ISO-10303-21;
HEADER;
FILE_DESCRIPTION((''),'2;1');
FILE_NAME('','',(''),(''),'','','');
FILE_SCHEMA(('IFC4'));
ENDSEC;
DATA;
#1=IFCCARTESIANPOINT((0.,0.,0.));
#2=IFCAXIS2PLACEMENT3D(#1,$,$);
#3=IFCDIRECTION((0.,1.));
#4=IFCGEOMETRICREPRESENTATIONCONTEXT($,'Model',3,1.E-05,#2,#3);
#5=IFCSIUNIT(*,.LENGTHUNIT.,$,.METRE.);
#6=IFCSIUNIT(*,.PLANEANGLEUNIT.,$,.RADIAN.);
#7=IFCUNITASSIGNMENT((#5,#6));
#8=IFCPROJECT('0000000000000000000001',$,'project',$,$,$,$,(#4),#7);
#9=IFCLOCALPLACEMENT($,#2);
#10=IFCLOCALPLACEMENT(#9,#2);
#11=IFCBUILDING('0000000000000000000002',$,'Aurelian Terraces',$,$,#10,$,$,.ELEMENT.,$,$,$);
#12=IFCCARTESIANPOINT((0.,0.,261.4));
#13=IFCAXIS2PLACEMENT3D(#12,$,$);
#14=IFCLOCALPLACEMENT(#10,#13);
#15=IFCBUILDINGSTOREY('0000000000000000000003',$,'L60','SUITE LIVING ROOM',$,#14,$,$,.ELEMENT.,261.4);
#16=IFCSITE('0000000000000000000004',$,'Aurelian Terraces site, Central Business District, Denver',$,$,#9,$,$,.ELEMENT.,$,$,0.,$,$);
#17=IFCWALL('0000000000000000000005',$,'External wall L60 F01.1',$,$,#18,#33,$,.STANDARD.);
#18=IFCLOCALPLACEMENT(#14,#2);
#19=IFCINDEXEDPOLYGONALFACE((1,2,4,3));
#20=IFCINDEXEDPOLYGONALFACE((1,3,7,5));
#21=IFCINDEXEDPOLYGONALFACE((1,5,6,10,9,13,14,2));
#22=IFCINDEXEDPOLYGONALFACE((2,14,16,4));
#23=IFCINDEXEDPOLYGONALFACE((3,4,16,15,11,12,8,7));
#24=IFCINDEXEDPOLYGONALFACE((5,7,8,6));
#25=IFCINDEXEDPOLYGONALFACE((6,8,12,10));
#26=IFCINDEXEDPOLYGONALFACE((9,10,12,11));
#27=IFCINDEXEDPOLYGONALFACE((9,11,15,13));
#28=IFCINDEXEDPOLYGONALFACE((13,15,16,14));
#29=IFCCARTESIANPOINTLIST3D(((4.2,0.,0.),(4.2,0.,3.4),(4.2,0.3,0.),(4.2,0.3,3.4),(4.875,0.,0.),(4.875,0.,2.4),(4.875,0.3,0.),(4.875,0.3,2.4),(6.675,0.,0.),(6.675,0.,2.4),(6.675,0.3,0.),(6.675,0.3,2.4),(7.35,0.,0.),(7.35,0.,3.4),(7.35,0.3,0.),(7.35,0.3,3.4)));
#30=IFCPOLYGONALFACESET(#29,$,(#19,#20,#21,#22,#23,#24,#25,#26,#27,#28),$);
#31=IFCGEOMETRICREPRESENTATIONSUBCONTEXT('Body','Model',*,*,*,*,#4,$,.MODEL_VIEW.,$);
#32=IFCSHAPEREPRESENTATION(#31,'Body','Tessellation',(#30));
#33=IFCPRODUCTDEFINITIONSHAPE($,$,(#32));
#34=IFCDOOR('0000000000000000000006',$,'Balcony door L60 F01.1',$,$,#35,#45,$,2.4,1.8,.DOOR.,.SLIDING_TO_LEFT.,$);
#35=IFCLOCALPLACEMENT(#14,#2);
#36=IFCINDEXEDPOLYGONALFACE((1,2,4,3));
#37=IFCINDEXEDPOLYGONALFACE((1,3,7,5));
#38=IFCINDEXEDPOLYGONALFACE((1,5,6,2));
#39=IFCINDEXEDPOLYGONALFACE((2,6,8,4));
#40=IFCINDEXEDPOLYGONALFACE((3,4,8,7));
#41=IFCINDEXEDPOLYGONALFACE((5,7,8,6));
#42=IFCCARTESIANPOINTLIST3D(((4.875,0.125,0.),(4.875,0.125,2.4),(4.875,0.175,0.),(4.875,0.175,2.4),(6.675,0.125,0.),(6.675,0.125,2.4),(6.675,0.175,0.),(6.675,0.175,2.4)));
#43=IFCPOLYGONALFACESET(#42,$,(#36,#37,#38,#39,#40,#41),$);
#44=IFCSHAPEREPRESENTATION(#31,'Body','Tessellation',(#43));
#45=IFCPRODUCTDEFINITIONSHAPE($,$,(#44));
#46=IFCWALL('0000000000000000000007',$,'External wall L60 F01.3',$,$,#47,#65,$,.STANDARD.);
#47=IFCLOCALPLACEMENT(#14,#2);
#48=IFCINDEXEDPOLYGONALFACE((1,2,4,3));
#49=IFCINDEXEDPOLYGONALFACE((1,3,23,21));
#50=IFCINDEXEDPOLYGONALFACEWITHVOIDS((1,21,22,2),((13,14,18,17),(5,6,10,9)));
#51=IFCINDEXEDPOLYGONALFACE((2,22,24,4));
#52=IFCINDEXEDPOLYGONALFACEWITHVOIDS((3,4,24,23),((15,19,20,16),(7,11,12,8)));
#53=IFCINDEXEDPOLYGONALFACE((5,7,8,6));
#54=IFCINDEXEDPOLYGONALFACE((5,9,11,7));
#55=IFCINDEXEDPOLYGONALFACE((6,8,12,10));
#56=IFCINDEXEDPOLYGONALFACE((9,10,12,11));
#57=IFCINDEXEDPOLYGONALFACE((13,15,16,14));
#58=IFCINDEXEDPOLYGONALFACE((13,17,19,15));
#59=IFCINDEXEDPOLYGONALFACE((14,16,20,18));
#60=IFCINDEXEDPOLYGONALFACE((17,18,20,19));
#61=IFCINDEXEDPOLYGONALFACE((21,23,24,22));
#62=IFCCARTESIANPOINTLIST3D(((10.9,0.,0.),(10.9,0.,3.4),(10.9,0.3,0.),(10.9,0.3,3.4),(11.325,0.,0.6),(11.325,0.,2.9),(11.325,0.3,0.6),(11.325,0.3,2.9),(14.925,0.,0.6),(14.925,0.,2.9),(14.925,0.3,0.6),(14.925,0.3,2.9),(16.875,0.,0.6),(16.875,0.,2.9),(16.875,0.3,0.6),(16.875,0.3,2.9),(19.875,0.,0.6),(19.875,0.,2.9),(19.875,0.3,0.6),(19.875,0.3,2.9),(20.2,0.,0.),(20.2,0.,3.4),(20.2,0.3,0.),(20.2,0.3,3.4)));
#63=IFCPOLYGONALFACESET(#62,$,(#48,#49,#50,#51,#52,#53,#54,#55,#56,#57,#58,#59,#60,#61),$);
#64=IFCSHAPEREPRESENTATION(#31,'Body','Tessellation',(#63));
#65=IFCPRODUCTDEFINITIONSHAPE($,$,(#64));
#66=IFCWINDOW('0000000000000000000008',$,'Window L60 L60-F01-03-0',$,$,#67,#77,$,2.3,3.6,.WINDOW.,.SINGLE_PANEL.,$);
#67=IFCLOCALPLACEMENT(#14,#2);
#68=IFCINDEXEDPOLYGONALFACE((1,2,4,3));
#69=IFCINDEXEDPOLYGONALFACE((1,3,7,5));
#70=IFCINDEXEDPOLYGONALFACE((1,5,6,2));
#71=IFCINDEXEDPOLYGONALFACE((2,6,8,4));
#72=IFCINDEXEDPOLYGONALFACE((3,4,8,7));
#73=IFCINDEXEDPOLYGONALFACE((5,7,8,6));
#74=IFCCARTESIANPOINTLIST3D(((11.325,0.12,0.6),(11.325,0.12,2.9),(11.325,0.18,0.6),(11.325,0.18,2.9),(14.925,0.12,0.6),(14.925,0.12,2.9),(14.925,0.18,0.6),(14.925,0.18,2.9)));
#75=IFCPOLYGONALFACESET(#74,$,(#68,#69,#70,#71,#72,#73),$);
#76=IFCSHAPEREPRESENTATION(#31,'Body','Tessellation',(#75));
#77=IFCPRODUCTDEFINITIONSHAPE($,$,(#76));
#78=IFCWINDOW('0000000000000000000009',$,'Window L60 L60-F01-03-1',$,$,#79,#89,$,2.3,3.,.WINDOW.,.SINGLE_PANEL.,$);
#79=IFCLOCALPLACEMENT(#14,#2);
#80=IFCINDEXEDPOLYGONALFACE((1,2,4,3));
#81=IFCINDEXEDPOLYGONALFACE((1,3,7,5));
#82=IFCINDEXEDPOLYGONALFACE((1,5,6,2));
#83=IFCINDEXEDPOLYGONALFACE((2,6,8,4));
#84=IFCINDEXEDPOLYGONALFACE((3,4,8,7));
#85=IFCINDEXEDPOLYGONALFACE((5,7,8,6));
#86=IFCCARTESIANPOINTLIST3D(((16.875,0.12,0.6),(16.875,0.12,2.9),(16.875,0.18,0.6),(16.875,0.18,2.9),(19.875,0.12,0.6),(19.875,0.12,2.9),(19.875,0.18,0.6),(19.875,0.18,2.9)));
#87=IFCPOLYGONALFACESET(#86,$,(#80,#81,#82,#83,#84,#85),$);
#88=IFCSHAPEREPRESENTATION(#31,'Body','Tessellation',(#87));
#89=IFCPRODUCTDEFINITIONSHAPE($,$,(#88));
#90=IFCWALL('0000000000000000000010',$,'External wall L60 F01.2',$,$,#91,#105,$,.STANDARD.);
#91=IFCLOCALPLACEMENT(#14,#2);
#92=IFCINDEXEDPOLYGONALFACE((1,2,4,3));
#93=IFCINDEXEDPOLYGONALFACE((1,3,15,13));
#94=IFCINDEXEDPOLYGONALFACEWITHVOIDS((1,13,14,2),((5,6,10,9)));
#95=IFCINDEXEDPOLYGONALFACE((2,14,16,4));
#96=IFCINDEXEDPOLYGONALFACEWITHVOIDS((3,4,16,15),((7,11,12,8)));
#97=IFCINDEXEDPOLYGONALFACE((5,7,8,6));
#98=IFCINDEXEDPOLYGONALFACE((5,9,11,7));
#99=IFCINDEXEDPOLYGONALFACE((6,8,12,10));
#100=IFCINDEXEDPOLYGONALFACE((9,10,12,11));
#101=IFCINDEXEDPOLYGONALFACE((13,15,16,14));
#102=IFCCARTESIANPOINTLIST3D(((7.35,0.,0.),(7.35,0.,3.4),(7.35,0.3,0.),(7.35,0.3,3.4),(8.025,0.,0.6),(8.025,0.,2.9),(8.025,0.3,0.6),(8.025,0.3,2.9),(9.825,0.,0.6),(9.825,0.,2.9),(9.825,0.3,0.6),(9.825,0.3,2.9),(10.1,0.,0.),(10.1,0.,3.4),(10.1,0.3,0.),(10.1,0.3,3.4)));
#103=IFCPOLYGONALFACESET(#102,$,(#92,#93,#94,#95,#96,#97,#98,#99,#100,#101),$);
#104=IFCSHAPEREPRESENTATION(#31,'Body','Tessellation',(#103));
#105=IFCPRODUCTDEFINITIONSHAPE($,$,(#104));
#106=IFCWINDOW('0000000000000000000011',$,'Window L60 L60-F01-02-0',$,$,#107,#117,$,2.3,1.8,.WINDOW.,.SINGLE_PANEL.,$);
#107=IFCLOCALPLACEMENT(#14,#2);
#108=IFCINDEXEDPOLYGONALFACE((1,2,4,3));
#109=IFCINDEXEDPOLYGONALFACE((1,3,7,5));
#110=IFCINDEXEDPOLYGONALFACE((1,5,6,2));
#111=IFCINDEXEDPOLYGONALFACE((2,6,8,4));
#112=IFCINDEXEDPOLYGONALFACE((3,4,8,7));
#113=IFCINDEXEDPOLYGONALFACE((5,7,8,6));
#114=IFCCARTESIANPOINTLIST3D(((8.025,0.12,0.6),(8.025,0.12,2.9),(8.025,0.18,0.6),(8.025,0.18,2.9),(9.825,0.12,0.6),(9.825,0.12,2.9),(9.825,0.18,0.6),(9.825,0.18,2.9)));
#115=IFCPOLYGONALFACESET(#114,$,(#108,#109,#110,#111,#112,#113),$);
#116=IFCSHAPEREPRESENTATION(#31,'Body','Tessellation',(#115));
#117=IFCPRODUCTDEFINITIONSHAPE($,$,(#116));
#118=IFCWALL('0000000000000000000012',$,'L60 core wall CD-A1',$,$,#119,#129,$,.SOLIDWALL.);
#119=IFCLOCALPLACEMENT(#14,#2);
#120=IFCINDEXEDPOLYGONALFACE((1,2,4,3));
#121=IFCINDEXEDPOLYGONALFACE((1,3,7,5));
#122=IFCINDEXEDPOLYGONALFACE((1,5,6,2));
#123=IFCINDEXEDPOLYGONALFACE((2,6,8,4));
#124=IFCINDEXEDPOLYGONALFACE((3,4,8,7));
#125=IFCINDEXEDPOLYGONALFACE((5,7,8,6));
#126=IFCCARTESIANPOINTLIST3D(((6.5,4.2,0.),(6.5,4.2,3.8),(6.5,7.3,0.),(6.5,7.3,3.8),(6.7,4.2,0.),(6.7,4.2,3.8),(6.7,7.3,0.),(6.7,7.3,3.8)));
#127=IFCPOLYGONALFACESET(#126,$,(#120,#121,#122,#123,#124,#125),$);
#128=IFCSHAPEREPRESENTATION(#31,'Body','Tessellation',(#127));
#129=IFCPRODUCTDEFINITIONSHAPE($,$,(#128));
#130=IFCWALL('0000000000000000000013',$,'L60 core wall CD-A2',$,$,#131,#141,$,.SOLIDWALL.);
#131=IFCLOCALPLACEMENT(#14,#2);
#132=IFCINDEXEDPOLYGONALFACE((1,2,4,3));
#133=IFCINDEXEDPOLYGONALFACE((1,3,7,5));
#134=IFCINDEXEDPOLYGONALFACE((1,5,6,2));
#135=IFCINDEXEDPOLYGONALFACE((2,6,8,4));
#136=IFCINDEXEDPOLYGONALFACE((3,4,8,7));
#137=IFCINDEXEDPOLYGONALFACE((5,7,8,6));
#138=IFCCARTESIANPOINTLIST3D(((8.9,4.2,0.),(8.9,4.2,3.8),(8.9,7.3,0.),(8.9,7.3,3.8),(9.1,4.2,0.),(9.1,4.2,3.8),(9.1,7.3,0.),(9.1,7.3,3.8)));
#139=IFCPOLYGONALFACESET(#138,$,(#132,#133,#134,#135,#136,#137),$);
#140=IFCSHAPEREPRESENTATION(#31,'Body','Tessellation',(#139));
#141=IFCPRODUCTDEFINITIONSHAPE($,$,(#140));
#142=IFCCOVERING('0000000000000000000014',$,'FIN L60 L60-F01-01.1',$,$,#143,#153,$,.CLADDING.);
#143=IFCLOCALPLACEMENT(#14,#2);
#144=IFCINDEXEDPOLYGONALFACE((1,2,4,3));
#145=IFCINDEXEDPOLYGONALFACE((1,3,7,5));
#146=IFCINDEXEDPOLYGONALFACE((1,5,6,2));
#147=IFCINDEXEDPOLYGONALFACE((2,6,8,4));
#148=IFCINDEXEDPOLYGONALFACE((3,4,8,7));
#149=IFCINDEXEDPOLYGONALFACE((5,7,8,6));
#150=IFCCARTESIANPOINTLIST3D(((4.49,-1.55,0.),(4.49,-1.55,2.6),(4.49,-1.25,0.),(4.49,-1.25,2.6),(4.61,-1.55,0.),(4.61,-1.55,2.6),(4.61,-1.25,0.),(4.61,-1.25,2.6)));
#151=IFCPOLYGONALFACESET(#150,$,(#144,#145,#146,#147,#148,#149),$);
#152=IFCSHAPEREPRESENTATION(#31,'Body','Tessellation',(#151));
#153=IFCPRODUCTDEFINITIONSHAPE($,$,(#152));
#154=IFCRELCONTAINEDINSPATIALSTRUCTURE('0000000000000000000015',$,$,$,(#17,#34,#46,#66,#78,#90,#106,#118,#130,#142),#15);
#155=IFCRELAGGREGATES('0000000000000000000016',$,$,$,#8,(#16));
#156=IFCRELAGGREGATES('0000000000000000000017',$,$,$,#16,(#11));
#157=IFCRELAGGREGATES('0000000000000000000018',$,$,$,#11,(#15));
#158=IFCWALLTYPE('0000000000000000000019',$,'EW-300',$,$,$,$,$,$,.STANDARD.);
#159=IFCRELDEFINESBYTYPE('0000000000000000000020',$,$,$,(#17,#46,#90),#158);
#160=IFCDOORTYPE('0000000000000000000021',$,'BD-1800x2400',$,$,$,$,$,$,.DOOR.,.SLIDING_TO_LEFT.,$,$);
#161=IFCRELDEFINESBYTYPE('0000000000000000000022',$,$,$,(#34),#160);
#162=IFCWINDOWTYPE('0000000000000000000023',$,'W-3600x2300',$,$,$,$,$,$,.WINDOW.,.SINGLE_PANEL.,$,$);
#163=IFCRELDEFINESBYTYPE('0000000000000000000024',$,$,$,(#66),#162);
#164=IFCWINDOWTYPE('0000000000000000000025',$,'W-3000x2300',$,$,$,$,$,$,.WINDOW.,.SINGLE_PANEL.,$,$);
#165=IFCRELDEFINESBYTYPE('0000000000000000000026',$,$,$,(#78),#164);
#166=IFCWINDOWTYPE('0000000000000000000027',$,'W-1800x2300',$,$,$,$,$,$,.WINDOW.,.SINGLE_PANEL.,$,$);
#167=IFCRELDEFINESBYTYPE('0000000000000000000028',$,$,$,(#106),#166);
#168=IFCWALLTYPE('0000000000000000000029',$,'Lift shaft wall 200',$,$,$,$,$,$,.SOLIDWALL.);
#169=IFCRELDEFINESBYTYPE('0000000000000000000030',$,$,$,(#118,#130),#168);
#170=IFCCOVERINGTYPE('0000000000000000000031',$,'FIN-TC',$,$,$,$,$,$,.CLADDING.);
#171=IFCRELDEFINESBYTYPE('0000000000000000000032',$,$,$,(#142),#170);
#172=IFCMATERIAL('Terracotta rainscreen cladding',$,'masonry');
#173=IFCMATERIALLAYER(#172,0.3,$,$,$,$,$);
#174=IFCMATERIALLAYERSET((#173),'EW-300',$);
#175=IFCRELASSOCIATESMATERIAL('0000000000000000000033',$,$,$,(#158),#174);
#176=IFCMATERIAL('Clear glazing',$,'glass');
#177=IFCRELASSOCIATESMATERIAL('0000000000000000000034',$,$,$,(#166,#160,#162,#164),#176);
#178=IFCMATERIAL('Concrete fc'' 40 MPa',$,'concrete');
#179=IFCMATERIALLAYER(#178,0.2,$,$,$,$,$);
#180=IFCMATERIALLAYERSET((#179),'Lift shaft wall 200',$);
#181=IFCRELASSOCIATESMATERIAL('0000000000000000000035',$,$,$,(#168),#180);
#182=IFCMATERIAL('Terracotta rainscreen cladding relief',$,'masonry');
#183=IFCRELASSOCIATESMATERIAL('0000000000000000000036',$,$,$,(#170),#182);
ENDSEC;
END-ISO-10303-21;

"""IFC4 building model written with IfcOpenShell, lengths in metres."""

from ifc_helpers import new_model, si_unit, direction, frame, frame_2d, origin, origin_2d, place, context, subcontext, project, spatial, rectangle, extrude, source, transform, mapped, material, layer, layer_set, type_object, element, fill, save


model = new_model("IFC4")

# Units and contexts
model_context = context("Model", 3, precision=1e-05, world=origin(), true_north=direction((0.0, 1.0)))
body_context = subcontext(model_context, "Body", "Model", "MODEL_VIEW")
ifc_project = project(units=[si_unit("LENGTHUNIT", "METRE"), si_unit("PLANEANGLEUNIT", "RADIAN")], contexts=[model_context])

# Site, building, storey
site_placement = place(None, origin())
site = spatial("IfcSite", under=ifc_project, at=site_placement, Name="Aurelian Terraces site, Central Business District, Denver", CompositionType="ELEMENT", RefElevation=0.0)
building_placement = place(site_placement, origin())
building = spatial("IfcBuilding", under=site, at=building_placement, Name="Aurelian Terraces", CompositionType="ELEMENT")
storey_placement = place(building_placement, frame((0.0, 0.0, 261.4)))
storey = spatial("IfcBuildingStorey", under=building, at=storey_placement, Name="L60", Description="SUITE LIVING ROOM", CompositionType="ELEMENT", Elevation=261.4)

# Shared definitions
ifc_material_1 = material(Name="Terracotta rainscreen cladding", Category="masonry")
ifc_layer_1 = layer(ifc_material_1, 0.3)
ifc_layer_set_1 = layer_set([ifc_layer_1], Name="EW-300")
wall_type_1 = type_object("IfcWallType", Name="EW-300", PredefinedType="STANDARD", material=ifc_layer_set_1)
shared_shape_1 = source(origin(), body_context, "Body", "SweptSolid", [
    extrude(rectangle(XDim=1.8, YDim=2.3, at=frame_2d((0.9, 1.15))), frame((0.0, 0.16, 0.0), z_axis=(0.0, -1.0, 0.0), x_axis=(1.0, 0.0, 0.0)), (0.0, 0.0, 1.0), 0.32),
])
ifc_material_2 = material(Name="Clear glazing", Category="glass")
window_type_1 = type_object("IfcWindowType", Name="W-1800x2300", PartitioningType="SINGLE_PANEL", PredefinedType="WINDOW", material=ifc_material_2)
shared_shape_2 = source(origin(), body_context, "Body", "SweptSolid", [
    extrude(rectangle(XDim=1.8, YDim=2.3, at=frame_2d((0.9, 1.15))), frame((0.0, 0.03, 0.0), z_axis=(0.0, -1.0, 0.0), x_axis=(1.0, 0.0, 0.0)), (0.0, 0.0, 1.0), 0.06),
])

# Wall, opening, door
shared_shape_3 = source(origin(), body_context, "Body", "SweptSolid", [
    extrude(rectangle(XDim=3.15, YDim=0.3, at=frame_2d((1.575, 0.0))), origin(), (0.0, 0.0, 1.0), 3.4),
])
wall_1_placement = place(storey_placement, frame((4.2, 0.15, 0.0), z_axis=(0.0, 0.0, 1.0), x_axis=(1.0, 0.0, 0.0)))
wall_1 = element("IfcWall", 1, at=wall_1_placement, inside=storey, type_object=wall_type_1, Name="External wall L60 F01.1", PredefinedType="STANDARD", context=body_context, shape_type="MappedRepresentation", body=[
    mapped(shared_shape_3, transform((0.0, 0.0, 0.0), scale=1.0)),
])
shared_shape_4 = source(origin(), body_context, "Body", "SweptSolid", [
    extrude(rectangle(XDim=1.8, YDim=2.4, at=frame_2d((0.9, 1.2))), frame((0.0, 0.16, 0.0), z_axis=(0.0, -1.0, 0.0), x_axis=(1.0, 0.0, 0.0)), (0.0, 0.0, 1.0), 0.32),
])
opening_1_placement = place(wall_1_placement, frame((0.675, 0.0, 0.0)))
opening_1 = element("IfcOpeningElement", 2, at=opening_1_placement, cuts=wall_1, PredefinedType="OPENING", context=body_context, shape_type="MappedRepresentation", body=[
    mapped(shared_shape_4, transform((0.0, 0.0, 0.0), scale=1.0)),
])
door_type_1 = type_object("IfcDoorType", Name="BD-1800x2400", OperationType="SLIDING_TO_LEFT", PredefinedType="DOOR", material=ifc_material_2)
shared_shape_5 = source(origin(), body_context, "Body", "SweptSolid", [
    extrude(rectangle(XDim=1.8, YDim=2.4, at=frame_2d((0.9, 1.2))), frame((0.0, 0.025, 0.0), z_axis=(0.0, -1.0, 0.0), x_axis=(1.0, 0.0, 0.0)), (0.0, 0.0, 1.0), 0.05),
])
door_1_placement = place(opening_1_placement, origin())
door_1 = element("IfcDoor", 3, at=door_1_placement, inside=storey, type_object=door_type_1, Name="Balcony door L60 F01.1", OperationType="SLIDING_TO_LEFT", OverallHeight=2.4, OverallWidth=1.8, PredefinedType="DOOR", context=body_context, shape_type="MappedRepresentation", body=[
    mapped(shared_shape_5, transform((0.0, 0.0, 0.0), scale=1.0)),
])
fill(opening_1, door_1)

# Wall, openings, windows
shared_shape_6 = source(origin(), body_context, "Body", "SweptSolid", [
    extrude(rectangle(XDim=9.3, YDim=0.3, at=frame_2d((4.65, 0.0))), origin(), (0.0, 0.0, 1.0), 3.4),
])
wall_2_placement = place(storey_placement, frame((10.9, 0.15, 0.0), z_axis=(0.0, 0.0, 1.0), x_axis=(1.0, 0.0, 0.0)))
wall_2 = element("IfcWall", 4, at=wall_2_placement, inside=storey, type_object=wall_type_1, Name="External wall L60 F01.3", PredefinedType="STANDARD", context=body_context, shape_type="MappedRepresentation", body=[
    mapped(shared_shape_6, transform((0.0, 0.0, 0.0), scale=1.0)),
])
shared_shape_7 = source(origin(), body_context, "Body", "SweptSolid", [
    extrude(rectangle(XDim=3.6, YDim=2.3, at=frame_2d((1.8, 1.15))), frame((0.0, 0.16, 0.0), z_axis=(0.0, -1.0, 0.0), x_axis=(1.0, 0.0, 0.0)), (0.0, 0.0, 1.0), 0.32),
])
opening_2_placement = place(wall_2_placement, frame((0.425, 0.0, 0.6)))
opening_2 = element("IfcOpeningElement", 5, at=opening_2_placement, cuts=wall_2, PredefinedType="OPENING", context=body_context, shape_type="MappedRepresentation", body=[
    mapped(shared_shape_7, transform((0.0, 0.0, 0.0), scale=1.0)),
])
shared_shape_8 = source(origin(), body_context, "Body", "SweptSolid", [
    extrude(rectangle(XDim=3.0, YDim=2.3, at=frame_2d((1.5, 1.15))), frame((0.0, 0.16, 0.0), z_axis=(0.0, -1.0, 0.0), x_axis=(1.0, 0.0, 0.0)), (0.0, 0.0, 1.0), 0.32),
])
opening_3_placement = place(wall_2_placement, frame((5.975, 0.0, 0.6)))
opening_3 = element("IfcOpeningElement", 6, at=opening_3_placement, cuts=wall_2, PredefinedType="OPENING", context=body_context, shape_type="MappedRepresentation", body=[
    mapped(shared_shape_8, transform((0.0, 0.0, 0.0), scale=1.0)),
])
window_type_2 = type_object("IfcWindowType", Name="W-3600x2300", PartitioningType="SINGLE_PANEL", PredefinedType="WINDOW", material=ifc_material_2)
shared_shape_9 = source(origin(), body_context, "Body", "SweptSolid", [
    extrude(rectangle(XDim=3.6, YDim=2.3, at=frame_2d((1.8, 1.15))), frame((0.0, 0.03, 0.0), z_axis=(0.0, -1.0, 0.0), x_axis=(1.0, 0.0, 0.0)), (0.0, 0.0, 1.0), 0.06),
])
window_1_placement = place(opening_2_placement, origin())
window_1 = element("IfcWindow", 7, at=window_1_placement, inside=storey, type_object=window_type_2, Name="Window L60 L60-F01-03-0", OverallHeight=2.3, OverallWidth=3.6, PartitioningType="SINGLE_PANEL", PredefinedType="WINDOW", context=body_context, shape_type="MappedRepresentation", body=[
    mapped(shared_shape_9, transform((0.0, 0.0, 0.0), scale=1.0)),
])
fill(opening_2, window_1)
window_type_3 = type_object("IfcWindowType", Name="W-3000x2300", PartitioningType="SINGLE_PANEL", PredefinedType="WINDOW", material=ifc_material_2)
shared_shape_10 = source(origin(), body_context, "Body", "SweptSolid", [
    extrude(rectangle(XDim=3.0, YDim=2.3, at=frame_2d((1.5, 1.15))), frame((0.0, 0.03, 0.0), z_axis=(0.0, -1.0, 0.0), x_axis=(1.0, 0.0, 0.0)), (0.0, 0.0, 1.0), 0.06),
])
window_2_placement = place(opening_3_placement, origin())
window_2 = element("IfcWindow", 8, at=window_2_placement, inside=storey, type_object=window_type_3, Name="Window L60 L60-F01-03-1", OverallHeight=2.3, OverallWidth=3.0, PartitioningType="SINGLE_PANEL", PredefinedType="WINDOW", context=body_context, shape_type="MappedRepresentation", body=[
    mapped(shared_shape_10, transform((0.0, 0.0, 0.0), scale=1.0)),
])
fill(opening_3, window_2)

# Wall, opening, window
shared_shape_11 = source(origin(), body_context, "Body", "SweptSolid", [
    extrude(rectangle(XDim=2.75, YDim=0.3, at=frame_2d((1.375, 0.0))), origin(), (0.0, 0.0, 1.0), 3.4),
])
wall_3_placement = place(storey_placement, frame((7.35, 0.15, 0.0), z_axis=(0.0, 0.0, 1.0), x_axis=(1.0, 0.0, 0.0)))
wall_3 = element("IfcWall", 9, at=wall_3_placement, inside=storey, type_object=wall_type_1, Name="External wall L60 F01.2", PredefinedType="STANDARD", context=body_context, shape_type="MappedRepresentation", body=[
    mapped(shared_shape_11, transform((0.0, 0.0, 0.0), scale=1.0)),
])
opening_4_placement = place(wall_3_placement, frame((0.675, 0.0, 0.6)))
opening_4 = element("IfcOpeningElement", 10, at=opening_4_placement, cuts=wall_3, PredefinedType="OPENING", context=body_context, shape_type="MappedRepresentation", body=[
    mapped(shared_shape_1, transform((0.0, 0.0, 0.0), scale=1.0)),
])
window_3_placement = place(opening_4_placement, origin())
window_3 = element("IfcWindow", 11, at=window_3_placement, inside=storey, type_object=window_type_1, Name="Window L60 L60-F01-02-0", OverallHeight=2.3, OverallWidth=1.8, PartitioningType="SINGLE_PANEL", PredefinedType="WINDOW", context=body_context, shape_type="MappedRepresentation", body=[
    mapped(shared_shape_2, transform((0.0, 0.0, 0.0), scale=1.0)),
])
fill(opening_4, window_3)

# Walls
ifc_material_3 = material(Name="Concrete fc' 40 MPa", Category="concrete")
ifc_layer_2 = layer(ifc_material_3, 0.2)
ifc_layer_set_2 = layer_set([ifc_layer_2], Name="Lift shaft wall 200")
wall_type_2 = type_object("IfcWallType", Name="Lift shaft wall 200", PredefinedType="SOLIDWALL", material=ifc_layer_set_2)
shared_shape_12 = source(origin(), body_context, "Body", "SweptSolid", [
    extrude(rectangle(XDim=3.1, YDim=0.2, at=frame_2d((1.55, 0.0))), origin(), (0.0, 0.0, 1.0), 3.8),
])
for number, where, z_axis, x_axis, name in (
    (12, (6.6, 4.2, 0.0), (0.0, 0.0, 1.0), (0.0, 1.0, 0.0), "L60 core wall CD-A1"),
    (13, (9.0, 4.2, 0.0), (0.0, 0.0, 1.0), (0.0, 1.0, 0.0), "L60 core wall CD-A2"),
):
    element("IfcWall", number, at=place(storey_placement, frame(where, z_axis=z_axis, x_axis=x_axis)), inside=storey, type_object=wall_type_2, Name=name, PredefinedType="SOLIDWALL", context=body_context, shape_type="MappedRepresentation", body=[
        mapped(shared_shape_12, transform((0.0, 0.0, 0.0), scale=1.0)),
    ])

# Covering
ifc_material_4 = material(Name="Terracotta rainscreen cladding relief", Category="masonry")
covering_type_1 = type_object("IfcCoveringType", Name="FIN-TC", PredefinedType="CLADDING", material=ifc_material_4)
shared_shape_13 = source(origin(), body_context, "Body", "SweptSolid", [
    extrude(rectangle(XDim=0.12, YDim=0.3, at=origin_2d()), origin(), (0.0, 0.0, 1.0), 2.6),
])
for number, where, z_axis, x_axis, name in (
    (14, (4.55, -1.4, 0.0), (0.0, 0.0, 1.0), (1.0, 0.0, 0.0), "FIN L60 L60-F01-01.1"),
):
    element("IfcCovering", number, at=place(storey_placement, frame(where, z_axis=z_axis, x_axis=x_axis)), inside=storey, type_object=covering_type_1, Name=name, PredefinedType="CLADDING", context=body_context, shape_type="MappedRepresentation", body=[
        mapped(shared_shape_13, transform((0.0, 0.0, 0.0), scale=1.0)),
    ])

save(model, "model.ifc")
